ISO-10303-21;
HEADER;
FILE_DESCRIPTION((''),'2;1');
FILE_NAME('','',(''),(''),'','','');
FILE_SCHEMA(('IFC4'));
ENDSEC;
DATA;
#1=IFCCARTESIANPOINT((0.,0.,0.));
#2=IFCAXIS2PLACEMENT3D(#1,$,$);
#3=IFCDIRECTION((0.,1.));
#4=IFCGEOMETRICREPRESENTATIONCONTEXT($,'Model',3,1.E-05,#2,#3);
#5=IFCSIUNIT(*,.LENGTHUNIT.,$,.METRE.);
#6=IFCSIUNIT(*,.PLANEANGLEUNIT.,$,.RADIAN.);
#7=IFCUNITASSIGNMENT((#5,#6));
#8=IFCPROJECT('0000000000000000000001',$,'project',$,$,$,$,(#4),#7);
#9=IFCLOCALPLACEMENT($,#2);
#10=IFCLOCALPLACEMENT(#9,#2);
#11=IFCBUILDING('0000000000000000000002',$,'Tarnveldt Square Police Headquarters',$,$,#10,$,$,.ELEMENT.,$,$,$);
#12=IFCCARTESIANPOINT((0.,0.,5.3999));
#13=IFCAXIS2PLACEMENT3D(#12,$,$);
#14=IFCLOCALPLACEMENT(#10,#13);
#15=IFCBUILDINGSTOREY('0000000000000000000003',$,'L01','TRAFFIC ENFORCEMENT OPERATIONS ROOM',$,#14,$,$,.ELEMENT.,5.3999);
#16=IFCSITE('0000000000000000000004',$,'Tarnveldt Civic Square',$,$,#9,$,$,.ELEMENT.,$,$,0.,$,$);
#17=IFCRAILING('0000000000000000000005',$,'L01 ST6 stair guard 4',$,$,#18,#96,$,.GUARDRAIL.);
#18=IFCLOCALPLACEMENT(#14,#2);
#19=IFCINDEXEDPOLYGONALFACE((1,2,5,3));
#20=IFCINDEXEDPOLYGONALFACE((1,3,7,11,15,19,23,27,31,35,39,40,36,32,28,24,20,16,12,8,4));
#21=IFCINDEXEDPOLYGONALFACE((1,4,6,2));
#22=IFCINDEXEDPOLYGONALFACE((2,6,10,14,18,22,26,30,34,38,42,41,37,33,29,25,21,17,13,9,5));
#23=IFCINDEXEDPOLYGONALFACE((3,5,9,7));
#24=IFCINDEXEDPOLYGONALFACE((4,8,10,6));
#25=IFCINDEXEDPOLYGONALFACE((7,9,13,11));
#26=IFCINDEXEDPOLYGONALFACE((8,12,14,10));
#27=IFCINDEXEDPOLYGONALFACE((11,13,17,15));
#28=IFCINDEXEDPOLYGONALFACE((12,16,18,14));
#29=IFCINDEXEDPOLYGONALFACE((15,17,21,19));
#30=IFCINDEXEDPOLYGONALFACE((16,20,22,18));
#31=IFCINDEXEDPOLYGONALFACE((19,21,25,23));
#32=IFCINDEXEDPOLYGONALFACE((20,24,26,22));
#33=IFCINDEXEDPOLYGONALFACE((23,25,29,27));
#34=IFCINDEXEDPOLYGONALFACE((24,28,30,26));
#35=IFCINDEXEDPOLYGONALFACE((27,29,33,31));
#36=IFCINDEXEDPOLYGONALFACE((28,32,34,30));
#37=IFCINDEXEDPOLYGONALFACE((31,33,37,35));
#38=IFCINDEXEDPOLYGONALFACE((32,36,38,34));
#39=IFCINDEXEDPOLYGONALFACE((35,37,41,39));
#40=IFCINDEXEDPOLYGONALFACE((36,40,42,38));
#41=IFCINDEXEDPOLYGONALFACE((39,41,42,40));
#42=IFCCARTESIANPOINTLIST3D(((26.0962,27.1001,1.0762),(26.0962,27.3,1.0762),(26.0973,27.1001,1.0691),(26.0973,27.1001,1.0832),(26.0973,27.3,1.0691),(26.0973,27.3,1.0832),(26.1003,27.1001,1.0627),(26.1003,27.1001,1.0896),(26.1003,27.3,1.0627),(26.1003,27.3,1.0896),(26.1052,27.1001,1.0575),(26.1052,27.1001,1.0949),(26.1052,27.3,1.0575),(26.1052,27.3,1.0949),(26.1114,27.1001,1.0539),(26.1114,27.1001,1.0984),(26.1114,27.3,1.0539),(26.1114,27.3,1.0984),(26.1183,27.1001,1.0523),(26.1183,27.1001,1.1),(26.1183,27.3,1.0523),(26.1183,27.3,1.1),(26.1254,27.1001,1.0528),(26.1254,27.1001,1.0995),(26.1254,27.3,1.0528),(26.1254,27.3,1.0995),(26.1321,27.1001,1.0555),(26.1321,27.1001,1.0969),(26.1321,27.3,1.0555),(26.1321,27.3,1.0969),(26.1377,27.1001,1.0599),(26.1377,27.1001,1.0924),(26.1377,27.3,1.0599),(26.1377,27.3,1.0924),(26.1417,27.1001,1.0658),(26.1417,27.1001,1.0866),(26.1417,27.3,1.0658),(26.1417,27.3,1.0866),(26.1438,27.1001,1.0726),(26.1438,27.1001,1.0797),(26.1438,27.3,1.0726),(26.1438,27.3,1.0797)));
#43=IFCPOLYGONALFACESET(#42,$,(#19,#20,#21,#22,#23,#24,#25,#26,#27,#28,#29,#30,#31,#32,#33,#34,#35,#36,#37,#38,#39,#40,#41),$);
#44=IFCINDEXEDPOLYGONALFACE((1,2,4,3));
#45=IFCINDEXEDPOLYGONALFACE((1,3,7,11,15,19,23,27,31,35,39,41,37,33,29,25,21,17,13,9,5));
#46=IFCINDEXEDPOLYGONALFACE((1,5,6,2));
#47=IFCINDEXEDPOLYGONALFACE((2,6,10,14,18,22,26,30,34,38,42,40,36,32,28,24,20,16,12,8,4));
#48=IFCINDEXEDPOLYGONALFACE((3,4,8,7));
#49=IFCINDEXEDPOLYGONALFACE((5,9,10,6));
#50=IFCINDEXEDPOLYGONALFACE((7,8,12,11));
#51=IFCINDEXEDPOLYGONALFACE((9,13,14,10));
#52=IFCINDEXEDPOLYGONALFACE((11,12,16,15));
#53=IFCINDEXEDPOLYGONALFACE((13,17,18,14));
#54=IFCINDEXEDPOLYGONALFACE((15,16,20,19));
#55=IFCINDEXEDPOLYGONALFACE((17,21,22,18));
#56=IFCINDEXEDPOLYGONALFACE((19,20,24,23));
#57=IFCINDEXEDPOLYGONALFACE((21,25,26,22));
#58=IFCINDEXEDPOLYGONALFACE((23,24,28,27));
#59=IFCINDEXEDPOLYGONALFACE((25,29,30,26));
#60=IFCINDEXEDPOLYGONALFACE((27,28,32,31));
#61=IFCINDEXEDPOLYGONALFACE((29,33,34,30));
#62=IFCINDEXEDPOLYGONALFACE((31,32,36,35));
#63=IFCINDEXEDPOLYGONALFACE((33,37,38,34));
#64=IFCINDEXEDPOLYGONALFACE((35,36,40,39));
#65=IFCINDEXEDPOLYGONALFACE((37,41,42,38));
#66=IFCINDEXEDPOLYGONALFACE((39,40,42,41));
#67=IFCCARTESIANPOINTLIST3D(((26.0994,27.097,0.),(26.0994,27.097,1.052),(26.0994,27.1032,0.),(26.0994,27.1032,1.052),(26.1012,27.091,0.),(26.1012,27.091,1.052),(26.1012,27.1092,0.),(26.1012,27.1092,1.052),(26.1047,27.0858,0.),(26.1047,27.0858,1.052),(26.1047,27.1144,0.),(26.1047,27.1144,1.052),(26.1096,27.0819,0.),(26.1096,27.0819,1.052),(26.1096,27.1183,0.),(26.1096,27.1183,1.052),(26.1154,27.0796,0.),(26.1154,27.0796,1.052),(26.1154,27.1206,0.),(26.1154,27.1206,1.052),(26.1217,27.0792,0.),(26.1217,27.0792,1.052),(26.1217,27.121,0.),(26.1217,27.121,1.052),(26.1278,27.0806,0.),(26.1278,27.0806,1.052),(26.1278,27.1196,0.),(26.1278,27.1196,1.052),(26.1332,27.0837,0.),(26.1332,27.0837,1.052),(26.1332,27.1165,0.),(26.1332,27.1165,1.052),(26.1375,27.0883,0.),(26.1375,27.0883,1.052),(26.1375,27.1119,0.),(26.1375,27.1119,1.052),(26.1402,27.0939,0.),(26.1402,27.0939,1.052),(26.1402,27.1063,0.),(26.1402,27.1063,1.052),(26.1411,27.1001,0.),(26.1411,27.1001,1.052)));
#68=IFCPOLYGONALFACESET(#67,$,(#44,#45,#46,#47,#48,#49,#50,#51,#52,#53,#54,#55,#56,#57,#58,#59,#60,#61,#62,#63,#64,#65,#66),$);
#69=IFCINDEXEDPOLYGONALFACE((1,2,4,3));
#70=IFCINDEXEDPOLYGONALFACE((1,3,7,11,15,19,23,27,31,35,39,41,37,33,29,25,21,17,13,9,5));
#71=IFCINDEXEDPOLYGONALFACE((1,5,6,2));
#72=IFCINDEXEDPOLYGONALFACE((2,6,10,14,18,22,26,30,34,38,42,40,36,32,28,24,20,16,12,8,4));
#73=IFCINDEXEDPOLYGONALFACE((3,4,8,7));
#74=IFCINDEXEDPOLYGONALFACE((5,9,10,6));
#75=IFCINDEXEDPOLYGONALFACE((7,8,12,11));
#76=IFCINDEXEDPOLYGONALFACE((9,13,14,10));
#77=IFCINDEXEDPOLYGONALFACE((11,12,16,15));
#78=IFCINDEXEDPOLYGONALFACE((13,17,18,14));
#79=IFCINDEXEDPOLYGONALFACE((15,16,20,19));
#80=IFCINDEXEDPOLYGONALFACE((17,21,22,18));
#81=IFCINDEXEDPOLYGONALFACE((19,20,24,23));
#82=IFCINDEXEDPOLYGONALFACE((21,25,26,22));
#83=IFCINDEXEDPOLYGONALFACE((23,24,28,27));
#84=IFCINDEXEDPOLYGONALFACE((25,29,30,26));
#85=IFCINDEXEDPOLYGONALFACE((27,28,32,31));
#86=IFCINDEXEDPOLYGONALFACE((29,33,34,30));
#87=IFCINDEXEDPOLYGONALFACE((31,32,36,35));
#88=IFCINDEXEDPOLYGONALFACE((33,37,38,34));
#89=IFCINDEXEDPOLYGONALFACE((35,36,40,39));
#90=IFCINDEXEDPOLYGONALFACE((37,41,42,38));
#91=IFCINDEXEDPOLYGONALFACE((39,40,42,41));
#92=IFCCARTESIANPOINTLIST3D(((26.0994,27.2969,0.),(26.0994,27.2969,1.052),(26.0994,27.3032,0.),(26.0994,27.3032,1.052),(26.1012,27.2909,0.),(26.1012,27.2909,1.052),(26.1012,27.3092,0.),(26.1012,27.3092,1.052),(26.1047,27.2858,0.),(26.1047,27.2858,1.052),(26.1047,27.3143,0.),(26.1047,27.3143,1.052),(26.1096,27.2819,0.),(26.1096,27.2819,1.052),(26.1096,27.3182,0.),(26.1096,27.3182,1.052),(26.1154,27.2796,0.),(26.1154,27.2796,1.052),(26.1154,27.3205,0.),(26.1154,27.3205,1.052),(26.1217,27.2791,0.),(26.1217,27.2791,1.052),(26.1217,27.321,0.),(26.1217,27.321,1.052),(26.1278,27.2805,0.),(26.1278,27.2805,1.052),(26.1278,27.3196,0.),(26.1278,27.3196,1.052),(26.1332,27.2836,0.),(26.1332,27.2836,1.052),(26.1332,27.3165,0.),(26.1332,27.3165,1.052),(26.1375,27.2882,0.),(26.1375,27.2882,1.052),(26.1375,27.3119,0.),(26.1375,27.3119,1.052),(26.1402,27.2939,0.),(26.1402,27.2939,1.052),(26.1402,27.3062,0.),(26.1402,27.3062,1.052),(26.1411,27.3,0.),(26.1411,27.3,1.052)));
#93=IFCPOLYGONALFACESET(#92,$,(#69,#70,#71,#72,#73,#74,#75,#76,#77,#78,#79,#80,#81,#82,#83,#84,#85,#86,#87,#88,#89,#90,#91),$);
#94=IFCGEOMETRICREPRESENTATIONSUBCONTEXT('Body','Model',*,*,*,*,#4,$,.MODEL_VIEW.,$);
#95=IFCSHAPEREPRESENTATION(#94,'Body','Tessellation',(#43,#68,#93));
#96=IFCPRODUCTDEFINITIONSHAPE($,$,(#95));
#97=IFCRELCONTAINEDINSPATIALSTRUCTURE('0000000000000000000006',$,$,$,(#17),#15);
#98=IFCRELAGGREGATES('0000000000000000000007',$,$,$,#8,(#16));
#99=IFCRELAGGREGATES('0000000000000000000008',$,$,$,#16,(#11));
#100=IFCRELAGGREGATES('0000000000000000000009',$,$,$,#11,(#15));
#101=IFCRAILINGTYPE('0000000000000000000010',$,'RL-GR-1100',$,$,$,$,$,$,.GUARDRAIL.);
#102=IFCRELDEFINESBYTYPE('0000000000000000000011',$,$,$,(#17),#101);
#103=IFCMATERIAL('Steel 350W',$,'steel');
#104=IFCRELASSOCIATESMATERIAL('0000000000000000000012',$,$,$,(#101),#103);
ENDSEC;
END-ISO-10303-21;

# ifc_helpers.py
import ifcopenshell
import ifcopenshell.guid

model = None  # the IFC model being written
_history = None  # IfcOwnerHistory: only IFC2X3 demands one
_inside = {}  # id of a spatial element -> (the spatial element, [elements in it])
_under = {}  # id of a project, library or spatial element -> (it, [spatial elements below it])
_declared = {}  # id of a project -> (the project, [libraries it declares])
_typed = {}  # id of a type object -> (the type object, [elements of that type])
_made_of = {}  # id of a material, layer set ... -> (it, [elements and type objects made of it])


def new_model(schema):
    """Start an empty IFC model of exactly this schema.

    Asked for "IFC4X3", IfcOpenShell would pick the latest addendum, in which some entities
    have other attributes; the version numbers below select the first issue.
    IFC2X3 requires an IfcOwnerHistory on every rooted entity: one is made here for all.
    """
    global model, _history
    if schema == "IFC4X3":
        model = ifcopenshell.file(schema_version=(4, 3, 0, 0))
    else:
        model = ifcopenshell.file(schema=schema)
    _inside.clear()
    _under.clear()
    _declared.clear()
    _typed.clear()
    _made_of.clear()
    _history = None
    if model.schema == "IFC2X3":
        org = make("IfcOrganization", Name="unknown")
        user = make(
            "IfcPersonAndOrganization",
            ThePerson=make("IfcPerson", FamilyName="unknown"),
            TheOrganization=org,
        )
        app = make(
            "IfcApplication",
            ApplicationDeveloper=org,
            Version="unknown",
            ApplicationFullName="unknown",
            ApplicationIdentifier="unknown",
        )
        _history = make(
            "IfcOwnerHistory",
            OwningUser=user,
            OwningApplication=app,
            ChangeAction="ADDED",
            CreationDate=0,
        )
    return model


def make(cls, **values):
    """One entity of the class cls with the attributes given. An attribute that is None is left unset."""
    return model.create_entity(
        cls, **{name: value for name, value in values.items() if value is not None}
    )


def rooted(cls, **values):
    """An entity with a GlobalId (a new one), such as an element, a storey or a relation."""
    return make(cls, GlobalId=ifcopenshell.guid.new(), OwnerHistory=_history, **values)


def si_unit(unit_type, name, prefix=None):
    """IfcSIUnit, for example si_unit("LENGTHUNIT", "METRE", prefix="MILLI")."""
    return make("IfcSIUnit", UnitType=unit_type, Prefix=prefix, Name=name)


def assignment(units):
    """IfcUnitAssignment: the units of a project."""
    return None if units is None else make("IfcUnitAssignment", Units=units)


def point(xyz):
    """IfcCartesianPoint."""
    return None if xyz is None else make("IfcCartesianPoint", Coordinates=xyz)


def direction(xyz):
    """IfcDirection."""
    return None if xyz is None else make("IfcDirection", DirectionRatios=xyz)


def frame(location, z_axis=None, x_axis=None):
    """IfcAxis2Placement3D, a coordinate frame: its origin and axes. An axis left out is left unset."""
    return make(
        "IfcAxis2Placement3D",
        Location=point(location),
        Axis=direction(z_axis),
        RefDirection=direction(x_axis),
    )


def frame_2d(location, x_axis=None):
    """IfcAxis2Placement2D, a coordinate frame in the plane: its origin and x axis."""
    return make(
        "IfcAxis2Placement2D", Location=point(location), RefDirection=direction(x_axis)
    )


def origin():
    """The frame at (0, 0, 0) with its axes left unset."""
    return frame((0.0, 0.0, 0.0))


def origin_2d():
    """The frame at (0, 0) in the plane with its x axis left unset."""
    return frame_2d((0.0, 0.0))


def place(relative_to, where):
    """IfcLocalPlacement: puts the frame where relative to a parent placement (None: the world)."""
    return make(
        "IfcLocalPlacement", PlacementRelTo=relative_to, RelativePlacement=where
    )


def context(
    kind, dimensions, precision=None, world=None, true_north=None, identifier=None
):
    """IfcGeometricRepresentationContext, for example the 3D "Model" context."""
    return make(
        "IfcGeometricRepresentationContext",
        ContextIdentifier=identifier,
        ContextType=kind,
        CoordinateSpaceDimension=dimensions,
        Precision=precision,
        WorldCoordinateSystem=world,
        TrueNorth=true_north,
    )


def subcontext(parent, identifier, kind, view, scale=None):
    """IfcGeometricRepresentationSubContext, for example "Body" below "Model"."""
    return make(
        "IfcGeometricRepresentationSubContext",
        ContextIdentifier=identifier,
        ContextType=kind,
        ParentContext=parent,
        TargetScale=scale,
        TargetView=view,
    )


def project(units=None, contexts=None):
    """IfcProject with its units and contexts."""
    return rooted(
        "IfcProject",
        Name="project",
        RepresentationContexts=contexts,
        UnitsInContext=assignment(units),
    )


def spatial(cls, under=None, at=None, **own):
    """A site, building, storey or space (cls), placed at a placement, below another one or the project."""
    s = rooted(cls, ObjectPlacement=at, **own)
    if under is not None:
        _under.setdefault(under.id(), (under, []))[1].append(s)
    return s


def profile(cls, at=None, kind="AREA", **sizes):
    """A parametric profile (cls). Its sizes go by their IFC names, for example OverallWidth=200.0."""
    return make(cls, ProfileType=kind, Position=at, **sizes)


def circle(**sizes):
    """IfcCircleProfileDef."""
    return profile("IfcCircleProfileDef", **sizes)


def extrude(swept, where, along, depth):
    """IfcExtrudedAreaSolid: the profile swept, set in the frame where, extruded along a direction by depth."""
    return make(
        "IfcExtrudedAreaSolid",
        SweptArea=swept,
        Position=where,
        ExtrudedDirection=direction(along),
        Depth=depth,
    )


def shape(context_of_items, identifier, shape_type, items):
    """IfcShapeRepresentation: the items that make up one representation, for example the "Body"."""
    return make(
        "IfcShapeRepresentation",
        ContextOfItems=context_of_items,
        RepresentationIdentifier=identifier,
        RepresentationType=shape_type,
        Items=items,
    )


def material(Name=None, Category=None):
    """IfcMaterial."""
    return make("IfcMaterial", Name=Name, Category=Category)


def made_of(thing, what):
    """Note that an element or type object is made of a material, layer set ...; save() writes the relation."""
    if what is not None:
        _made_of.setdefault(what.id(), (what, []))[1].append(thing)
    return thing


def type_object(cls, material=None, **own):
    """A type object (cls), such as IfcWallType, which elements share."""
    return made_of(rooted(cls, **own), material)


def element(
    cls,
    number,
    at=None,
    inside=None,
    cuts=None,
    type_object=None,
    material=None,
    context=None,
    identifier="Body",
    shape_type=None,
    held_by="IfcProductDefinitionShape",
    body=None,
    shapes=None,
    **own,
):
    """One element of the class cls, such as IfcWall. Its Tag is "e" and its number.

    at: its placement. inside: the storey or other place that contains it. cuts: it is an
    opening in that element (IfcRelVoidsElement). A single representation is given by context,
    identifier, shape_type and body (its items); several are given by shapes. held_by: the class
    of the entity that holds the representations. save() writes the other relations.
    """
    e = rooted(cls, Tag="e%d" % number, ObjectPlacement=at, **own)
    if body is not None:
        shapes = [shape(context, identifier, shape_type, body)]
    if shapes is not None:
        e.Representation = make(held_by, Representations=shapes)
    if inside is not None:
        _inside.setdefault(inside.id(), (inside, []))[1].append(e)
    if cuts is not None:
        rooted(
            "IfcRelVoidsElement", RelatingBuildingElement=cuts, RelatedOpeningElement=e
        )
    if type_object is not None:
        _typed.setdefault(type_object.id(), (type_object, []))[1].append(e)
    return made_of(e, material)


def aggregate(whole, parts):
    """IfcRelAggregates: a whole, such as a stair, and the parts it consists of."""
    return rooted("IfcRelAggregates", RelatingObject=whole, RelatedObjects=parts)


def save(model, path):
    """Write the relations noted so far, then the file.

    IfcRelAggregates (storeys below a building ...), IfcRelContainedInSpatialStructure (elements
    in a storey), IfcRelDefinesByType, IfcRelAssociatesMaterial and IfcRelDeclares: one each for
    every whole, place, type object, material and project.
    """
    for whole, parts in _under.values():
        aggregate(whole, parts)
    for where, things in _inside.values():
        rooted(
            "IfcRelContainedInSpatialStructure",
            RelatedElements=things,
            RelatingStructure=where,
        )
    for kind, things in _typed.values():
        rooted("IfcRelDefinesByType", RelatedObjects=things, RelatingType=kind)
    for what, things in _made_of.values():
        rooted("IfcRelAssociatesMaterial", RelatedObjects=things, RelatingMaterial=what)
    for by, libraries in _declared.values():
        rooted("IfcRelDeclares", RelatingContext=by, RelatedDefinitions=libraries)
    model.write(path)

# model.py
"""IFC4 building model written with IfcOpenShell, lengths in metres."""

from ifc_helpers import new_model, si_unit, direction, frame, origin, origin_2d, place, context, subcontext, project, spatial, circle, extrude, material, type_object, element, save


model = new_model("IFC4")

# Units and contexts
model_context = context("Model", 3, precision=1e-05, world=origin(), true_north=direction((0.0, 1.0)))
body_context = subcontext(model_context, "Body", "Model", "MODEL_VIEW")
ifc_project = project(units=[si_unit("LENGTHUNIT", "METRE"), si_unit("PLANEANGLEUNIT", "RADIAN")], contexts=[model_context])

# Site, building, storey
site_placement = place(None, origin())
site = spatial("IfcSite", under=ifc_project, at=site_placement, Name="Tarnveldt Civic Square", CompositionType="ELEMENT", RefElevation=0.0)
building_placement = place(site_placement, origin())
building = spatial("IfcBuilding", under=site, at=building_placement, Name="Tarnveldt Square Police Headquarters", CompositionType="ELEMENT")
storey_placement = place(building_placement, frame((0.0, 0.0, 5.3999)))
storey = spatial("IfcBuildingStorey", under=building, at=storey_placement, Name="L01", Description="TRAFFIC ENFORCEMENT OPERATIONS ROOM", CompositionType="ELEMENT", Elevation=5.3999)

# Railing
ifc_material_1 = material(Name="Steel 350W", Category="steel")
railing_type_1 = type_object("IfcRailingType", Name="RL-GR-1100", PredefinedType="GUARDRAIL", material=ifc_material_1)
railing_1_placement = place(storey_placement, frame((26.1201, 27.1001, 0.0)))
element("IfcRailing", 1, at=railing_1_placement, inside=storey, type_object=railing_type_1, Name="L01 ST6 stair guard 4", PredefinedType="GUARDRAIL", context=body_context, shape_type="SweptSolid", body=[
    extrude(circle(Radius=0.0239, at=origin_2d()), frame((0.0, 0.0, 1.0762), z_axis=(0.0, 1.0, 0.0), x_axis=(-1.0, 0.0, 0.0)), (0.0, 0.0, 1.0), 0.2),
    extrude(circle(Radius=0.021, at=origin_2d()), origin(), (0.0, 0.0, 1.0), 1.052),
    extrude(circle(Radius=0.021, at=origin_2d()), frame((0.0, 0.2, 0.0)), (0.0, 0.0, 1.0), 1.052),
])

save(model, "model.ifc")
